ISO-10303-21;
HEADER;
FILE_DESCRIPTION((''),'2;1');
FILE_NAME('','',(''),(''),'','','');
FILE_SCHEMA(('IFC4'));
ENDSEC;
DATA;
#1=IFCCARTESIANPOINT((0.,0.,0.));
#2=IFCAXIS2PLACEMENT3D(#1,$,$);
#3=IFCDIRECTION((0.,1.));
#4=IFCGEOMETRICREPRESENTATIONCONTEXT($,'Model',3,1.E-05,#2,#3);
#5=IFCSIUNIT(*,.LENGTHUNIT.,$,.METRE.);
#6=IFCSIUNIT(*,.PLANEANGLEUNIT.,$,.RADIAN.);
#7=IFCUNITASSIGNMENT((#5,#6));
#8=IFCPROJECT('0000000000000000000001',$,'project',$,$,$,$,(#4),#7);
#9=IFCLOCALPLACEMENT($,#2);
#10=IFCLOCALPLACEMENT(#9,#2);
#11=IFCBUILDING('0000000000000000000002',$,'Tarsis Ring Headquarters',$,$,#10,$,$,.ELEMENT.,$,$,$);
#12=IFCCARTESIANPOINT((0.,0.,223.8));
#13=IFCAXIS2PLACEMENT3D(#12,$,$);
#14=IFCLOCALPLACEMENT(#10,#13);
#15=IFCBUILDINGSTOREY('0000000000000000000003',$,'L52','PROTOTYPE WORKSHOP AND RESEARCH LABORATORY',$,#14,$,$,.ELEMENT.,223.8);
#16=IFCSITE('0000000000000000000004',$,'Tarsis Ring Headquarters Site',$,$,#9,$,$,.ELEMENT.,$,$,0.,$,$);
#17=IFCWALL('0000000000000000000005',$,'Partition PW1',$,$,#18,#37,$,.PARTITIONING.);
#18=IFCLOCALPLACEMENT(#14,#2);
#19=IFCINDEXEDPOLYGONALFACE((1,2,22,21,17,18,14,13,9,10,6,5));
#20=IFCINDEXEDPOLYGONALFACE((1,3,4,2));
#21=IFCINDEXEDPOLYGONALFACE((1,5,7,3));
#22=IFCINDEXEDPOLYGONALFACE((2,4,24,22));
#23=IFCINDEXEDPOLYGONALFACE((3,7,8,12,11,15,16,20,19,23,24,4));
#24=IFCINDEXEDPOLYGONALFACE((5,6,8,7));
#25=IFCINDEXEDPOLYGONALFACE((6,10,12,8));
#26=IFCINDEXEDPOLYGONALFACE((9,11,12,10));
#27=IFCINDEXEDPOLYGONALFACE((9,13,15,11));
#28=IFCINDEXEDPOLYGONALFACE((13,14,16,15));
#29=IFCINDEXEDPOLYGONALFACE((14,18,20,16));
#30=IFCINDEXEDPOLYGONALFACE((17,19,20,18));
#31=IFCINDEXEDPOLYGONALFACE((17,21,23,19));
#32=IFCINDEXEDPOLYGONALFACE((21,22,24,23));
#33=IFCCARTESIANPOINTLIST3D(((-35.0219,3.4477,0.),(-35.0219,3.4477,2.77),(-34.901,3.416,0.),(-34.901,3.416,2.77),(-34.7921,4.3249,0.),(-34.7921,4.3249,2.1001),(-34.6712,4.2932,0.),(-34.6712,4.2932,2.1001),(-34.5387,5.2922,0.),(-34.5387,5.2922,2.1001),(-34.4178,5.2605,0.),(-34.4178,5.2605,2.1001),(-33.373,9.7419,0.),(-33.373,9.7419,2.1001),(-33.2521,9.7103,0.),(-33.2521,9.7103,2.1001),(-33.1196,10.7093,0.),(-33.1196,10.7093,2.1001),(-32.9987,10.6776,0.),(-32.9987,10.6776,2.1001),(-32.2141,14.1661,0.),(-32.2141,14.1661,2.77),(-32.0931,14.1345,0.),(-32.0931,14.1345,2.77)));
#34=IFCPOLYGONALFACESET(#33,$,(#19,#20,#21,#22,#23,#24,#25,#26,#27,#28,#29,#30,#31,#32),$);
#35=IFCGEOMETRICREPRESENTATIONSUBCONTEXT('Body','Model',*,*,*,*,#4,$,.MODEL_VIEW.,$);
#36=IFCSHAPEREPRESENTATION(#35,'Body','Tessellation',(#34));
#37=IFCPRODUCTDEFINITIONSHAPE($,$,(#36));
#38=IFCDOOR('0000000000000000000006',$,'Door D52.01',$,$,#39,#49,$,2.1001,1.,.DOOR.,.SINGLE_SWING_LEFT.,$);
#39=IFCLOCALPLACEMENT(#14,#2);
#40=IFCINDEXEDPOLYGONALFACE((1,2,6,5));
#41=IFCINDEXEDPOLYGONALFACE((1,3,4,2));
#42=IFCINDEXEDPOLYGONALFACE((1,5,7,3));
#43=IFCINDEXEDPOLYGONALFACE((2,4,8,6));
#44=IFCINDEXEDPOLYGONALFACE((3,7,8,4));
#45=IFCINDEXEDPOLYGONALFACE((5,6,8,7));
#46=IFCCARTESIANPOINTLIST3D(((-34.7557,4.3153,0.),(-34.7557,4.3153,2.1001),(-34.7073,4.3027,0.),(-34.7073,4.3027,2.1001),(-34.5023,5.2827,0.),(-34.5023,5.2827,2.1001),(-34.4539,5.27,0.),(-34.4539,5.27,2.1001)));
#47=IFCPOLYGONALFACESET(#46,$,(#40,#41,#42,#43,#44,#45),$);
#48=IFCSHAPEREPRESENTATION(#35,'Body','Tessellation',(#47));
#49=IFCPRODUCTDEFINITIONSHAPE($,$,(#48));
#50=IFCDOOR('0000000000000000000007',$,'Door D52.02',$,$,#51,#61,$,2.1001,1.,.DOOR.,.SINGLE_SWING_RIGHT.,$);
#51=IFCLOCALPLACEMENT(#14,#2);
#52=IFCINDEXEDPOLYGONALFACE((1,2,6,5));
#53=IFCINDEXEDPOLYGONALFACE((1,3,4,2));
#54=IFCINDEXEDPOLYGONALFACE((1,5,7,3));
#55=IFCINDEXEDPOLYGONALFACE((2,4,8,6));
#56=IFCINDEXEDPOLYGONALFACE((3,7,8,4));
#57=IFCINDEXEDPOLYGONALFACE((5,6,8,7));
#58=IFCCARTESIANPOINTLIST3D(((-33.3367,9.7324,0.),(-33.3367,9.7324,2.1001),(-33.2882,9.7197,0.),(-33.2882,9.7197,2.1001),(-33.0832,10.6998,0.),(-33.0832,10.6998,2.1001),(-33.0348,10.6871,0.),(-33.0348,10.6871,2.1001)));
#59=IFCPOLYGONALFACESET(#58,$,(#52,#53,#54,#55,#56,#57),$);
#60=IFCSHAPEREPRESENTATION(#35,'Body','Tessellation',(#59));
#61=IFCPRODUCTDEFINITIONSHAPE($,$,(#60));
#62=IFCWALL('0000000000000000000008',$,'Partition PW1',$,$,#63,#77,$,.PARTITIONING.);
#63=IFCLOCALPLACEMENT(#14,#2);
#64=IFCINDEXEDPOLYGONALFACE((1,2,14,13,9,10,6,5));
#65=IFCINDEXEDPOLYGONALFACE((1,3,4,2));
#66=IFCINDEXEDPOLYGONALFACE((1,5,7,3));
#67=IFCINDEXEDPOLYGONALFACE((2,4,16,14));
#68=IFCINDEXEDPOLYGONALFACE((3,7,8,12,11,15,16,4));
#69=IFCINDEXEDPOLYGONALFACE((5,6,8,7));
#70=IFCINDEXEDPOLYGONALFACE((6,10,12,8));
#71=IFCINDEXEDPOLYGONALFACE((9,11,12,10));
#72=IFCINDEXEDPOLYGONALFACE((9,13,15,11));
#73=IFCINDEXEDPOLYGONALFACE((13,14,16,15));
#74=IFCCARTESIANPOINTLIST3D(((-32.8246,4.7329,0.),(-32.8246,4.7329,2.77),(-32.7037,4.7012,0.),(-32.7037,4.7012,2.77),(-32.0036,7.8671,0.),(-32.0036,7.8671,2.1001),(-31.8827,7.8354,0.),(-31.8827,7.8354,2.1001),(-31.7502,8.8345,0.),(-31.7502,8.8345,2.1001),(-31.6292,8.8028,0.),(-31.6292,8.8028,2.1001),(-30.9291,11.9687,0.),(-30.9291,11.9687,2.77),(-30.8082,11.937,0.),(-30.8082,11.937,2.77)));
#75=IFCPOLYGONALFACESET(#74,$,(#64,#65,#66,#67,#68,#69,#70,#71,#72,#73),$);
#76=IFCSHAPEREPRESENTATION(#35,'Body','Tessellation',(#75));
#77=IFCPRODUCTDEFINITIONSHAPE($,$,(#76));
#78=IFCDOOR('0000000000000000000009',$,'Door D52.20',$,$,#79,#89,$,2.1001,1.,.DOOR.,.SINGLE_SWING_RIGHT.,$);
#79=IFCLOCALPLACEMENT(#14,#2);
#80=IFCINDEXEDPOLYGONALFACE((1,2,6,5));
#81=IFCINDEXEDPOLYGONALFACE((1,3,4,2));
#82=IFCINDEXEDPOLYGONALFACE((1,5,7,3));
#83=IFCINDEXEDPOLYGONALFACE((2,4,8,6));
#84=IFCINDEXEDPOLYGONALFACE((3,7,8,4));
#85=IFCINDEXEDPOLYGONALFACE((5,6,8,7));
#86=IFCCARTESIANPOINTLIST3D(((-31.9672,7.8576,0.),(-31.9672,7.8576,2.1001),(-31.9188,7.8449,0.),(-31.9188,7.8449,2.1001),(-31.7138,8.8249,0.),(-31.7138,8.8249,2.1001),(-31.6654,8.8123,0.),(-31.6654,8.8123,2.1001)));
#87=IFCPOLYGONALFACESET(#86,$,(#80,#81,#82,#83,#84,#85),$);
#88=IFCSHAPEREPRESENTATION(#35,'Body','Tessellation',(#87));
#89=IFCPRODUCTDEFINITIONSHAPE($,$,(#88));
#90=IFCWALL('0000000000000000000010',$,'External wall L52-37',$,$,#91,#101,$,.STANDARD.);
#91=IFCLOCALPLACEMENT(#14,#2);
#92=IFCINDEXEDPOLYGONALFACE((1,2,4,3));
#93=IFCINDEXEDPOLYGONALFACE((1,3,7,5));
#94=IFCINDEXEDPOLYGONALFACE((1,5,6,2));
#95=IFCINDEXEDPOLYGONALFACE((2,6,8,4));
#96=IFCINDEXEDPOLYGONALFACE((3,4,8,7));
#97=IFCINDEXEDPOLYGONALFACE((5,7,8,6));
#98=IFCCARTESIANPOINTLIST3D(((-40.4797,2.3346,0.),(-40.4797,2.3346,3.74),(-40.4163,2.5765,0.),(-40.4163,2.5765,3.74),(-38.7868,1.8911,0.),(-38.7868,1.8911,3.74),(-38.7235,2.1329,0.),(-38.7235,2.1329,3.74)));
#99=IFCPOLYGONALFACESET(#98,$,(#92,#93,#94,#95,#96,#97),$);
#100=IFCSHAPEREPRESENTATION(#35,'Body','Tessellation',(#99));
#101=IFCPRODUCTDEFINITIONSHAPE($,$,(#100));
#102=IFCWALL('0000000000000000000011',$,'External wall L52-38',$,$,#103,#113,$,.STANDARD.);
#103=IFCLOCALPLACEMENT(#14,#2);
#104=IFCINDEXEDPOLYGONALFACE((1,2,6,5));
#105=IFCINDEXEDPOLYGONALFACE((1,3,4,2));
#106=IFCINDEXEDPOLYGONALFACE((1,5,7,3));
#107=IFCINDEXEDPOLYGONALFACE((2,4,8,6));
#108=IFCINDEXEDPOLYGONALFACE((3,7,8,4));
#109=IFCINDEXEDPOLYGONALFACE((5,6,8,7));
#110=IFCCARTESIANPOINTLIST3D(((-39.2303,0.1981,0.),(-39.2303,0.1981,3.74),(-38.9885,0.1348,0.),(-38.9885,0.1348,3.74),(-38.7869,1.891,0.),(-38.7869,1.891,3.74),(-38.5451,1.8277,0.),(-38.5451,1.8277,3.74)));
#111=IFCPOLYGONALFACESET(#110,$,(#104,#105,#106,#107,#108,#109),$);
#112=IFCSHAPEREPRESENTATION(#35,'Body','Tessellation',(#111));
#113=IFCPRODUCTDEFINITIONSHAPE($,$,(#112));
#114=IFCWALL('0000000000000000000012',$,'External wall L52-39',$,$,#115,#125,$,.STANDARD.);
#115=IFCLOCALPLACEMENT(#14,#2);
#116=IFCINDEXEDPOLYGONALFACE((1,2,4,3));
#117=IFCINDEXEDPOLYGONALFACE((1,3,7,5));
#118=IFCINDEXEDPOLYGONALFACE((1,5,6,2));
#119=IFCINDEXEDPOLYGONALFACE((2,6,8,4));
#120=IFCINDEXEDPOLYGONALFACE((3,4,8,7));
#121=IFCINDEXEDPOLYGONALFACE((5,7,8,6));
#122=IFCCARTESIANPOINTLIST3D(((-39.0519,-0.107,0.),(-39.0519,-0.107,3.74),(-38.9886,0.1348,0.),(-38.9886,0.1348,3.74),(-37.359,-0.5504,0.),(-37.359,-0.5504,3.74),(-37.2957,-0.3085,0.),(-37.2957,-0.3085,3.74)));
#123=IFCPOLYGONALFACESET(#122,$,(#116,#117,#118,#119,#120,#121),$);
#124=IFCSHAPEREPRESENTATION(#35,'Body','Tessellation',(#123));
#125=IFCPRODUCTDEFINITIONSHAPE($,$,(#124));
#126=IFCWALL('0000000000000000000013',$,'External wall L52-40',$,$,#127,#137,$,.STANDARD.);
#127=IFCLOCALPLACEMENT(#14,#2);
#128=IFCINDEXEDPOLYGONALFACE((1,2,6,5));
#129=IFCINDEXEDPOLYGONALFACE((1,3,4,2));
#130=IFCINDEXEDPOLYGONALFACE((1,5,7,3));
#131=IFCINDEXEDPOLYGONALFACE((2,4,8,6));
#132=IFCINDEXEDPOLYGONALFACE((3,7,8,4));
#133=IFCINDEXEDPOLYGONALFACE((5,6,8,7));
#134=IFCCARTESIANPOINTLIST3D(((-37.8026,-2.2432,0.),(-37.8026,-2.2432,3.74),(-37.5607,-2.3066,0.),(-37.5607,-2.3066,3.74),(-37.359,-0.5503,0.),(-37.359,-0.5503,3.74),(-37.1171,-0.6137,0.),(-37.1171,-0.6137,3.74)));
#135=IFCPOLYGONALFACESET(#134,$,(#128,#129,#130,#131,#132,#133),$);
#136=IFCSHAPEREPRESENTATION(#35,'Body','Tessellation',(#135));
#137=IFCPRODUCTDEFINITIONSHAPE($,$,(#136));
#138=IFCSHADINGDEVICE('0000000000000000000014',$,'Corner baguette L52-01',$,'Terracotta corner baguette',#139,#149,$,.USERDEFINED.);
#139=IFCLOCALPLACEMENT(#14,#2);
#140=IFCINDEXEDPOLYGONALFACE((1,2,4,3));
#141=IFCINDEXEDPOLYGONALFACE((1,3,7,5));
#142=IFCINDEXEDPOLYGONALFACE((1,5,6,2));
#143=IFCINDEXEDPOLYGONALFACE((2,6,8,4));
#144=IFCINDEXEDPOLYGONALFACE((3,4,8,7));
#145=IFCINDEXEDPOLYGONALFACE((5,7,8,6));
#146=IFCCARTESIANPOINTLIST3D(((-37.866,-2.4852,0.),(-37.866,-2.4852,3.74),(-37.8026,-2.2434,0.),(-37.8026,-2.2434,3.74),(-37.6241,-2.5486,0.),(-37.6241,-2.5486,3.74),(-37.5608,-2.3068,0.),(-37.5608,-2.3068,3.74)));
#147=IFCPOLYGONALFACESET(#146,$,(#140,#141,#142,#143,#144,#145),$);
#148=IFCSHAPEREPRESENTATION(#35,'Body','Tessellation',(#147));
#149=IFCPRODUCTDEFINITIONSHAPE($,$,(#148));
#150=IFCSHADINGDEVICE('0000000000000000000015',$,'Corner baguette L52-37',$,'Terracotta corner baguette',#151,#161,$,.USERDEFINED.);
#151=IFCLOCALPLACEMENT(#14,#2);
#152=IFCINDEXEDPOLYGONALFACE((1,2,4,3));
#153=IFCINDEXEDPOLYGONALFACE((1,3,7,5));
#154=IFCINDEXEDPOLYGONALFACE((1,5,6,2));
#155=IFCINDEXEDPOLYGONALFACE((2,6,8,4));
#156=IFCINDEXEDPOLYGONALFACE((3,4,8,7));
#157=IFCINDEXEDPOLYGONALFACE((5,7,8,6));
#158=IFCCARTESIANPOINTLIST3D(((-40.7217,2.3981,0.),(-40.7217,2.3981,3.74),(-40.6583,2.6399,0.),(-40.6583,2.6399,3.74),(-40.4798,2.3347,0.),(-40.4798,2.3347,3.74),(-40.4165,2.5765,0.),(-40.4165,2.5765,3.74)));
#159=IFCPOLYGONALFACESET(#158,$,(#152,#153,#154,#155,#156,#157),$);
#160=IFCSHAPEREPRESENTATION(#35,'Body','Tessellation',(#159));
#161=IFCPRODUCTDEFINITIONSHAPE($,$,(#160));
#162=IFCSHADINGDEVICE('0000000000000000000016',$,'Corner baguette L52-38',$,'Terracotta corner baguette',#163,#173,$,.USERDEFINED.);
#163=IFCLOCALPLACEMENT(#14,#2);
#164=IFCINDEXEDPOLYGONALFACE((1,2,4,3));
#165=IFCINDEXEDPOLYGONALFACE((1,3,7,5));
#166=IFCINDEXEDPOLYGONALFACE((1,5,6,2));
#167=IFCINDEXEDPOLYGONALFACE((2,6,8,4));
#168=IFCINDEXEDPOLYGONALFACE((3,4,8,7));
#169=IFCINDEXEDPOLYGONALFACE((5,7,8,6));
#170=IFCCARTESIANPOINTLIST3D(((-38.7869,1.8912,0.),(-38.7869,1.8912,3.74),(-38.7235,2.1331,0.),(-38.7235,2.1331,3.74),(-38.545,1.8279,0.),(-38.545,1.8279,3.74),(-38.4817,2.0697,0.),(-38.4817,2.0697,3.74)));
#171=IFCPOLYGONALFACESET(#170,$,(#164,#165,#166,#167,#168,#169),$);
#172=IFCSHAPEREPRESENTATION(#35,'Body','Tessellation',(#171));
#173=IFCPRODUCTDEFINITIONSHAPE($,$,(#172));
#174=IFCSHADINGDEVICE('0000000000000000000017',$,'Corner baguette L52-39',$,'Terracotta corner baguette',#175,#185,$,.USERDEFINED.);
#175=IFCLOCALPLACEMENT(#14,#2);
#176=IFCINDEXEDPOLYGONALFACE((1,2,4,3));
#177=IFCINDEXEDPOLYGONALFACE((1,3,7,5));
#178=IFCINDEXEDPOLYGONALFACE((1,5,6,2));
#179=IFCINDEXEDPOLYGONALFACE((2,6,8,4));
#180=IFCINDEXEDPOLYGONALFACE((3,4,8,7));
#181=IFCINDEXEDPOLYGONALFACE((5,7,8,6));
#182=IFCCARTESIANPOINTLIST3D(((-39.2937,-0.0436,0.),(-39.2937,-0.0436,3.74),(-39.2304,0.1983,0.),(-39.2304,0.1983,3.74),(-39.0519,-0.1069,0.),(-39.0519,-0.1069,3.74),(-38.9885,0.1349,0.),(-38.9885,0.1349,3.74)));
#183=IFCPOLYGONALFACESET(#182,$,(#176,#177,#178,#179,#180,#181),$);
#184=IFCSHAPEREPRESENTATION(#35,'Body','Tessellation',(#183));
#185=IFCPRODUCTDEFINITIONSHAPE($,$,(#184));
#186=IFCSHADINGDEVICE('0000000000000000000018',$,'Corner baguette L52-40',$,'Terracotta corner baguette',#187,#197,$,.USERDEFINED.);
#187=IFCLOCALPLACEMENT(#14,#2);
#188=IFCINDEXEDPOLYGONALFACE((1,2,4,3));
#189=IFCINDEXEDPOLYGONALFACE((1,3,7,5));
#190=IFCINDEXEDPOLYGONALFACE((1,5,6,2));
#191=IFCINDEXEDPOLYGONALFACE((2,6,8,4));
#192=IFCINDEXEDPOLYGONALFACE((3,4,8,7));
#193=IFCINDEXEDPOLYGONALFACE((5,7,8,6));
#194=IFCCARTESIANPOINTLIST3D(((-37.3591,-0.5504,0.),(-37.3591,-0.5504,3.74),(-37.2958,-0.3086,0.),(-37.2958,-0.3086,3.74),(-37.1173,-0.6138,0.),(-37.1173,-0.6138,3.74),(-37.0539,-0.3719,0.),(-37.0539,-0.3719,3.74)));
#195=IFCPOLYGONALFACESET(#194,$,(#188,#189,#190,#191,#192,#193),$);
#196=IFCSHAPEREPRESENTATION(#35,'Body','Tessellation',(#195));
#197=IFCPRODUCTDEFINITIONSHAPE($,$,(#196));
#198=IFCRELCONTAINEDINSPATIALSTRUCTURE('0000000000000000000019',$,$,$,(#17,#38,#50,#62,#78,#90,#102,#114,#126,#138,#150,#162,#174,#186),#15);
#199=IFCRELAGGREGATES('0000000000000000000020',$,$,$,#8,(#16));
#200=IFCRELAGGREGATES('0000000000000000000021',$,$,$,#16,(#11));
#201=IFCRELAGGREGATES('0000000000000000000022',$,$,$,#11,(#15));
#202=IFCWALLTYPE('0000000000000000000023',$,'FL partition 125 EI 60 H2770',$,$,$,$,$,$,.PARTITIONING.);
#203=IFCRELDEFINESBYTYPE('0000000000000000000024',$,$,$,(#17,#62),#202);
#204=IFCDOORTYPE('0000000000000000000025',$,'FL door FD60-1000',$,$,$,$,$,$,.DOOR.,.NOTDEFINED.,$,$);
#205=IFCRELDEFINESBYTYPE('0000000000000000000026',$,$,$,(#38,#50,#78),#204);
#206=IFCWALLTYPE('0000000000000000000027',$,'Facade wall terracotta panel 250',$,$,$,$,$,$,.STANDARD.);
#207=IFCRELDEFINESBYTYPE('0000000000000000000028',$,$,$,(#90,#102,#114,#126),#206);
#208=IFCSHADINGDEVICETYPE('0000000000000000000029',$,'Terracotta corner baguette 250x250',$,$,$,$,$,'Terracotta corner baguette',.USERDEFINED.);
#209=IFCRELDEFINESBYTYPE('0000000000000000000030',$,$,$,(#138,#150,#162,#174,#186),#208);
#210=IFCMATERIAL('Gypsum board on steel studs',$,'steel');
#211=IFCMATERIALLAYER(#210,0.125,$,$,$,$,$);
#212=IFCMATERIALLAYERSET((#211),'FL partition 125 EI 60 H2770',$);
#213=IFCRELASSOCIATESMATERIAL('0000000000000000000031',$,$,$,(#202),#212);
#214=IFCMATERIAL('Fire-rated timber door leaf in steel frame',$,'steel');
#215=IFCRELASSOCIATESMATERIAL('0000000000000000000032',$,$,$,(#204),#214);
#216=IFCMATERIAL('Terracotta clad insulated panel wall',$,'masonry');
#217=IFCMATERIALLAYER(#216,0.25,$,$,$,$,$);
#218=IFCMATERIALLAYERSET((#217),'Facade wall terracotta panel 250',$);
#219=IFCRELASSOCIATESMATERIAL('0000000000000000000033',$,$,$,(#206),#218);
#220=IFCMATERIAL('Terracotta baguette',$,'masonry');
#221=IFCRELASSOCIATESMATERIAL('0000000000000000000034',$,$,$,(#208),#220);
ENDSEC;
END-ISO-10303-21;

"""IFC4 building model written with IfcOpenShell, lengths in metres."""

from ifc_helpers import new_model, si_unit, direction, frame, frame_2d, origin, origin_2d, place, context, subcontext, project, spatial, rectangle, extrude, material, layer, layer_set, type_object, element, fill, save


model = new_model("IFC4")

# Units and contexts
model_context = context("Model", 3, precision=1e-05, world=origin(), true_north=direction((0.0, 1.0)))
body_context = subcontext(model_context, "Body", "Model", "MODEL_VIEW")
ifc_project = project(units=[si_unit("LENGTHUNIT", "METRE"), si_unit("PLANEANGLEUNIT", "RADIAN")], contexts=[model_context])

# Site, building, storey
site_placement = place(None, origin())
site = spatial("IfcSite", under=ifc_project, at=site_placement, Name="Tarsis Ring Headquarters Site", CompositionType="ELEMENT", RefElevation=0.0)
building_placement = place(site_placement, origin())
building = spatial("IfcBuilding", under=site, at=building_placement, Name="Tarsis Ring Headquarters", CompositionType="ELEMENT")
storey_placement = place(building_placement, frame((0.0, 0.0, 223.8)))
storey = spatial("IfcBuildingStorey", under=building, at=storey_placement, Name="L52", Description="PROTOTYPE WORKSHOP AND RESEARCH LABORATORY", CompositionType="ELEMENT", Elevation=223.8)

# Shared definitions
ifc_material_1 = material(Name="Gypsum board on steel studs", Category="steel")
ifc_layer_1 = layer(ifc_material_1, 0.125)
ifc_layer_set_1 = layer_set([ifc_layer_1], Name="FL partition 125 EI 60 H2770")
wall_type_1 = type_object("IfcWallType", Name="FL partition 125 EI 60 H2770", PredefinedType="PARTITIONING", material=ifc_layer_set_1)

# Shared definitions
ifc_material_2 = material(Name="Fire-rated timber door leaf in steel frame", Category="steel")
door_type_1 = type_object("IfcDoorType", Name="FL door FD60-1000", OperationType="NOTDEFINED", PredefinedType="DOOR", material=ifc_material_2)

# Wall, openings, doors
wall_1_placement = place(storey_placement, frame((-34.9614, 3.4319, 0.0), z_axis=(0.0, 0.0, 1.0), x_axis=(0.253413, 0.967358, 0.0)))
wall_1 = element("IfcWall", 1, at=wall_1_placement, inside=storey, type_object=wall_type_1, Name="Partition PW1", PredefinedType="PARTITIONING", context=body_context, shape_type="SweptSolid", body=[
    extrude(rectangle(XDim=11.0801, YDim=0.125, at=frame_2d((5.54, 0.0))), origin(), (0.0, 0.0, 1.0), 2.77),
])
opening_1_placement = place(wall_1_placement, frame((0.9067, 0.0, 0.0)))
opening_1 = element("IfcOpeningElement", 2, at=opening_1_placement, cuts=wall_1, PredefinedType="OPENING", context=body_context, shape_type="SweptSolid", body=[
    extrude(rectangle(XDim=1.0, YDim=2.1001, at=frame_2d((0.5, 1.05))), frame((0.0, 0.0725, 0.0), z_axis=(0.0, -1.0, 0.0), x_axis=(1.0, 0.0, 0.0)), (0.0, 0.0, 1.0), 0.145),
])
opening_2_placement = place(wall_1_placement, frame((6.5066, 0.0, 0.0)))
opening_2 = element("IfcOpeningElement", 3, at=opening_2_placement, cuts=wall_1, PredefinedType="OPENING", context=body_context, shape_type="SweptSolid", body=[
    extrude(rectangle(XDim=1.0, YDim=2.1001, at=frame_2d((0.5, 1.05))), frame((0.0, 0.0725, 0.0), z_axis=(0.0, -1.0, 0.0), x_axis=(1.0, 0.0, 0.0)), (0.0, 0.0, 1.0), 0.145),
])
door_1_placement = place(opening_1_placement, origin())
door_1 = element("IfcDoor", 4, at=door_1_placement, inside=storey, type_object=door_type_1, Name="Door D52.01", OperationType="SINGLE_SWING_LEFT", OverallHeight=2.1001, OverallWidth=1.0, PredefinedType="DOOR", context=body_context, shape_type="SweptSolid", body=[
    extrude(rectangle(XDim=1.0, YDim=2.1001, at=frame_2d((0.5, 1.05))), frame((0.0, 0.0249, 0.0), z_axis=(0.0, -1.0, 0.0), x_axis=(1.0, 0.0, 0.0)), (0.0, 0.0, 1.0), 0.05),
])
fill(opening_1, door_1)
door_2_placement = place(opening_2_placement, origin())
door_2 = element("IfcDoor", 5, at=door_2_placement, inside=storey, type_object=door_type_1, Name="Door D52.02", OperationType="SINGLE_SWING_RIGHT", OverallHeight=2.1001, OverallWidth=1.0, PredefinedType="DOOR", context=body_context, shape_type="SweptSolid", body=[
    extrude(rectangle(XDim=1.0, YDim=2.1001, at=frame_2d((0.5, 1.05))), frame((0.0, 0.0249, 0.0), z_axis=(0.0, -1.0, 0.0), x_axis=(1.0, 0.0, 0.0)), (0.0, 0.0, 1.0), 0.05),
])
fill(opening_2, door_2)

# Wall, opening, door
wall_2_placement = place(storey_placement, frame((-32.7642, 4.717, 0.0), z_axis=(0.0, 0.0, 1.0), x_axis=(0.25341, 0.967359, 0.0)))
wall_2 = element("IfcWall", 6, at=wall_2_placement, inside=storey, type_object=wall_type_1, Name="Partition PW1", PredefinedType="PARTITIONING", context=body_context, shape_type="SweptSolid", body=[
    extrude(rectangle(XDim=7.48, YDim=0.125, at=frame_2d((3.74, 0.0))), origin(), (0.0, 0.0, 1.0), 2.77),
])
opening_3_placement = place(wall_2_placement, frame((3.24, 0.0, 0.0)))
opening_3 = element("IfcOpeningElement", 7, at=opening_3_placement, cuts=wall_2, PredefinedType="OPENING", context=body_context, shape_type="SweptSolid", body=[
    extrude(rectangle(XDim=1.0, YDim=2.1001, at=frame_2d((0.5, 1.05))), frame((0.0, 0.0725, 0.0), z_axis=(0.0, -1.0, 0.0), x_axis=(1.0, 0.0, 0.0)), (0.0, 0.0, 1.0), 0.145),
])
door_3_placement = place(opening_3_placement, origin())
door_3 = element("IfcDoor", 8, at=door_3_placement, inside=storey, type_object=door_type_1, Name="Door D52.20", OperationType="SINGLE_SWING_RIGHT", OverallHeight=2.1001, OverallWidth=1.0, PredefinedType="DOOR", context=body_context, shape_type="SweptSolid", body=[
    extrude(rectangle(XDim=1.0, YDim=2.1001, at=frame_2d((0.5, 1.05))), frame((0.0, 0.0249, 0.0), z_axis=(0.0, -1.0, 0.0), x_axis=(1.0, 0.0, 0.0)), (0.0, 0.0, 1.0), 0.05),
])
fill(opening_3, door_3)

# Shared definitions
ifc_material_3 = material(Name="Terracotta clad insulated panel wall", Category="masonry")
ifc_layer_2 = layer(ifc_material_3, 0.25)
ifc_layer_set_2 = layer_set([ifc_layer_2], Name="Facade wall terracotta panel 250")
wall_type_2 = type_object("IfcWallType", Name="Facade wall terracotta panel 250", PredefinedType="STANDARD", material=ifc_layer_set_2)

# Walls
for number, where, z_axis, x_axis, name in (
    (9, (-40.448, 2.4556, 0.0), (0.0, 0.0, 1.0), (0.96734, -0.253484, 0.0), "External wall L52-37"),
    (10, (-38.666, 1.8594, 0.0), (0.0, 0.0, 1.0), (-0.253353, -0.967374, 0.0), "External wall L52-38"),
    (11, (-39.0203, 0.0139, 0.0), (0.0, 0.0, 1.0), (0.967374, -0.253353, 0.0), "External wall L52-39"),
    (12, (-37.238, -0.582, 0.0), (0.0, 0.0, 1.0), (-0.253484, -0.96734, 0.0), "External wall L52-40"),
):
    element("IfcWall", number, at=place(storey_placement, frame(where, z_axis=z_axis, x_axis=x_axis)), inside=storey, type_object=wall_type_2, Name=name, PredefinedType="STANDARD", context=body_context, shape_type="SweptSolid", body=[
        extrude(rectangle(XDim=1.75, YDim=0.25, at=frame_2d((0.875, 0.0))), origin(), (0.0, 0.0, 1.0), 3.74),
    ])

# Shading devices
ifc_material_4 = material(Name="Terracotta baguette", Category="masonry")
shading_device_type = type_object("IfcShadingDeviceType", Name="Terracotta corner baguette 250x250", ElementType="Terracotta corner baguette", PredefinedType="USERDEFINED", material=ifc_material_4)
for number, where, z_axis, x_axis, name in (
    (13, (-37.7134, -2.396, 0.0), (0.0, 0.0, 1.0), (-0.25342, -0.967356, 0.0), "Corner baguette L52-01"),
    (14, (-40.5691, 2.4873, 0.0), (0.0, 0.0, 1.0), (-0.25342, -0.967356, 0.0), "Corner baguette L52-37"),
    (15, (-38.6343, 1.9805, 0.0), (0.0, 0.0, 1.0), (0.967356, -0.25342, 0.0), "Corner baguette L52-38"),
    (16, (-39.1411, 0.0457, 0.0), (0.0, 0.0, 1.0), (-0.25342, -0.967356, 0.0), "Corner baguette L52-39"),
    (17, (-37.2065, -0.4612, 0.0), (0.0, 0.0, 1.0), (0.967356, -0.25342, 0.0), "Corner baguette L52-40"),
):
    element("IfcShadingDevice", number, at=place(storey_placement, frame(where, z_axis=z_axis, x_axis=x_axis)), inside=storey, type_object=shading_device_type, Name=name, ObjectType="Terracotta corner baguette", PredefinedType="USERDEFINED", context=body_context, shape_type="SweptSolid", body=[
        extrude(rectangle(XDim=0.25, YDim=0.25, at=origin_2d()), origin(), (0.0, 0.0, 1.0), 3.74),
    ])

save(model, "model.ifc")
